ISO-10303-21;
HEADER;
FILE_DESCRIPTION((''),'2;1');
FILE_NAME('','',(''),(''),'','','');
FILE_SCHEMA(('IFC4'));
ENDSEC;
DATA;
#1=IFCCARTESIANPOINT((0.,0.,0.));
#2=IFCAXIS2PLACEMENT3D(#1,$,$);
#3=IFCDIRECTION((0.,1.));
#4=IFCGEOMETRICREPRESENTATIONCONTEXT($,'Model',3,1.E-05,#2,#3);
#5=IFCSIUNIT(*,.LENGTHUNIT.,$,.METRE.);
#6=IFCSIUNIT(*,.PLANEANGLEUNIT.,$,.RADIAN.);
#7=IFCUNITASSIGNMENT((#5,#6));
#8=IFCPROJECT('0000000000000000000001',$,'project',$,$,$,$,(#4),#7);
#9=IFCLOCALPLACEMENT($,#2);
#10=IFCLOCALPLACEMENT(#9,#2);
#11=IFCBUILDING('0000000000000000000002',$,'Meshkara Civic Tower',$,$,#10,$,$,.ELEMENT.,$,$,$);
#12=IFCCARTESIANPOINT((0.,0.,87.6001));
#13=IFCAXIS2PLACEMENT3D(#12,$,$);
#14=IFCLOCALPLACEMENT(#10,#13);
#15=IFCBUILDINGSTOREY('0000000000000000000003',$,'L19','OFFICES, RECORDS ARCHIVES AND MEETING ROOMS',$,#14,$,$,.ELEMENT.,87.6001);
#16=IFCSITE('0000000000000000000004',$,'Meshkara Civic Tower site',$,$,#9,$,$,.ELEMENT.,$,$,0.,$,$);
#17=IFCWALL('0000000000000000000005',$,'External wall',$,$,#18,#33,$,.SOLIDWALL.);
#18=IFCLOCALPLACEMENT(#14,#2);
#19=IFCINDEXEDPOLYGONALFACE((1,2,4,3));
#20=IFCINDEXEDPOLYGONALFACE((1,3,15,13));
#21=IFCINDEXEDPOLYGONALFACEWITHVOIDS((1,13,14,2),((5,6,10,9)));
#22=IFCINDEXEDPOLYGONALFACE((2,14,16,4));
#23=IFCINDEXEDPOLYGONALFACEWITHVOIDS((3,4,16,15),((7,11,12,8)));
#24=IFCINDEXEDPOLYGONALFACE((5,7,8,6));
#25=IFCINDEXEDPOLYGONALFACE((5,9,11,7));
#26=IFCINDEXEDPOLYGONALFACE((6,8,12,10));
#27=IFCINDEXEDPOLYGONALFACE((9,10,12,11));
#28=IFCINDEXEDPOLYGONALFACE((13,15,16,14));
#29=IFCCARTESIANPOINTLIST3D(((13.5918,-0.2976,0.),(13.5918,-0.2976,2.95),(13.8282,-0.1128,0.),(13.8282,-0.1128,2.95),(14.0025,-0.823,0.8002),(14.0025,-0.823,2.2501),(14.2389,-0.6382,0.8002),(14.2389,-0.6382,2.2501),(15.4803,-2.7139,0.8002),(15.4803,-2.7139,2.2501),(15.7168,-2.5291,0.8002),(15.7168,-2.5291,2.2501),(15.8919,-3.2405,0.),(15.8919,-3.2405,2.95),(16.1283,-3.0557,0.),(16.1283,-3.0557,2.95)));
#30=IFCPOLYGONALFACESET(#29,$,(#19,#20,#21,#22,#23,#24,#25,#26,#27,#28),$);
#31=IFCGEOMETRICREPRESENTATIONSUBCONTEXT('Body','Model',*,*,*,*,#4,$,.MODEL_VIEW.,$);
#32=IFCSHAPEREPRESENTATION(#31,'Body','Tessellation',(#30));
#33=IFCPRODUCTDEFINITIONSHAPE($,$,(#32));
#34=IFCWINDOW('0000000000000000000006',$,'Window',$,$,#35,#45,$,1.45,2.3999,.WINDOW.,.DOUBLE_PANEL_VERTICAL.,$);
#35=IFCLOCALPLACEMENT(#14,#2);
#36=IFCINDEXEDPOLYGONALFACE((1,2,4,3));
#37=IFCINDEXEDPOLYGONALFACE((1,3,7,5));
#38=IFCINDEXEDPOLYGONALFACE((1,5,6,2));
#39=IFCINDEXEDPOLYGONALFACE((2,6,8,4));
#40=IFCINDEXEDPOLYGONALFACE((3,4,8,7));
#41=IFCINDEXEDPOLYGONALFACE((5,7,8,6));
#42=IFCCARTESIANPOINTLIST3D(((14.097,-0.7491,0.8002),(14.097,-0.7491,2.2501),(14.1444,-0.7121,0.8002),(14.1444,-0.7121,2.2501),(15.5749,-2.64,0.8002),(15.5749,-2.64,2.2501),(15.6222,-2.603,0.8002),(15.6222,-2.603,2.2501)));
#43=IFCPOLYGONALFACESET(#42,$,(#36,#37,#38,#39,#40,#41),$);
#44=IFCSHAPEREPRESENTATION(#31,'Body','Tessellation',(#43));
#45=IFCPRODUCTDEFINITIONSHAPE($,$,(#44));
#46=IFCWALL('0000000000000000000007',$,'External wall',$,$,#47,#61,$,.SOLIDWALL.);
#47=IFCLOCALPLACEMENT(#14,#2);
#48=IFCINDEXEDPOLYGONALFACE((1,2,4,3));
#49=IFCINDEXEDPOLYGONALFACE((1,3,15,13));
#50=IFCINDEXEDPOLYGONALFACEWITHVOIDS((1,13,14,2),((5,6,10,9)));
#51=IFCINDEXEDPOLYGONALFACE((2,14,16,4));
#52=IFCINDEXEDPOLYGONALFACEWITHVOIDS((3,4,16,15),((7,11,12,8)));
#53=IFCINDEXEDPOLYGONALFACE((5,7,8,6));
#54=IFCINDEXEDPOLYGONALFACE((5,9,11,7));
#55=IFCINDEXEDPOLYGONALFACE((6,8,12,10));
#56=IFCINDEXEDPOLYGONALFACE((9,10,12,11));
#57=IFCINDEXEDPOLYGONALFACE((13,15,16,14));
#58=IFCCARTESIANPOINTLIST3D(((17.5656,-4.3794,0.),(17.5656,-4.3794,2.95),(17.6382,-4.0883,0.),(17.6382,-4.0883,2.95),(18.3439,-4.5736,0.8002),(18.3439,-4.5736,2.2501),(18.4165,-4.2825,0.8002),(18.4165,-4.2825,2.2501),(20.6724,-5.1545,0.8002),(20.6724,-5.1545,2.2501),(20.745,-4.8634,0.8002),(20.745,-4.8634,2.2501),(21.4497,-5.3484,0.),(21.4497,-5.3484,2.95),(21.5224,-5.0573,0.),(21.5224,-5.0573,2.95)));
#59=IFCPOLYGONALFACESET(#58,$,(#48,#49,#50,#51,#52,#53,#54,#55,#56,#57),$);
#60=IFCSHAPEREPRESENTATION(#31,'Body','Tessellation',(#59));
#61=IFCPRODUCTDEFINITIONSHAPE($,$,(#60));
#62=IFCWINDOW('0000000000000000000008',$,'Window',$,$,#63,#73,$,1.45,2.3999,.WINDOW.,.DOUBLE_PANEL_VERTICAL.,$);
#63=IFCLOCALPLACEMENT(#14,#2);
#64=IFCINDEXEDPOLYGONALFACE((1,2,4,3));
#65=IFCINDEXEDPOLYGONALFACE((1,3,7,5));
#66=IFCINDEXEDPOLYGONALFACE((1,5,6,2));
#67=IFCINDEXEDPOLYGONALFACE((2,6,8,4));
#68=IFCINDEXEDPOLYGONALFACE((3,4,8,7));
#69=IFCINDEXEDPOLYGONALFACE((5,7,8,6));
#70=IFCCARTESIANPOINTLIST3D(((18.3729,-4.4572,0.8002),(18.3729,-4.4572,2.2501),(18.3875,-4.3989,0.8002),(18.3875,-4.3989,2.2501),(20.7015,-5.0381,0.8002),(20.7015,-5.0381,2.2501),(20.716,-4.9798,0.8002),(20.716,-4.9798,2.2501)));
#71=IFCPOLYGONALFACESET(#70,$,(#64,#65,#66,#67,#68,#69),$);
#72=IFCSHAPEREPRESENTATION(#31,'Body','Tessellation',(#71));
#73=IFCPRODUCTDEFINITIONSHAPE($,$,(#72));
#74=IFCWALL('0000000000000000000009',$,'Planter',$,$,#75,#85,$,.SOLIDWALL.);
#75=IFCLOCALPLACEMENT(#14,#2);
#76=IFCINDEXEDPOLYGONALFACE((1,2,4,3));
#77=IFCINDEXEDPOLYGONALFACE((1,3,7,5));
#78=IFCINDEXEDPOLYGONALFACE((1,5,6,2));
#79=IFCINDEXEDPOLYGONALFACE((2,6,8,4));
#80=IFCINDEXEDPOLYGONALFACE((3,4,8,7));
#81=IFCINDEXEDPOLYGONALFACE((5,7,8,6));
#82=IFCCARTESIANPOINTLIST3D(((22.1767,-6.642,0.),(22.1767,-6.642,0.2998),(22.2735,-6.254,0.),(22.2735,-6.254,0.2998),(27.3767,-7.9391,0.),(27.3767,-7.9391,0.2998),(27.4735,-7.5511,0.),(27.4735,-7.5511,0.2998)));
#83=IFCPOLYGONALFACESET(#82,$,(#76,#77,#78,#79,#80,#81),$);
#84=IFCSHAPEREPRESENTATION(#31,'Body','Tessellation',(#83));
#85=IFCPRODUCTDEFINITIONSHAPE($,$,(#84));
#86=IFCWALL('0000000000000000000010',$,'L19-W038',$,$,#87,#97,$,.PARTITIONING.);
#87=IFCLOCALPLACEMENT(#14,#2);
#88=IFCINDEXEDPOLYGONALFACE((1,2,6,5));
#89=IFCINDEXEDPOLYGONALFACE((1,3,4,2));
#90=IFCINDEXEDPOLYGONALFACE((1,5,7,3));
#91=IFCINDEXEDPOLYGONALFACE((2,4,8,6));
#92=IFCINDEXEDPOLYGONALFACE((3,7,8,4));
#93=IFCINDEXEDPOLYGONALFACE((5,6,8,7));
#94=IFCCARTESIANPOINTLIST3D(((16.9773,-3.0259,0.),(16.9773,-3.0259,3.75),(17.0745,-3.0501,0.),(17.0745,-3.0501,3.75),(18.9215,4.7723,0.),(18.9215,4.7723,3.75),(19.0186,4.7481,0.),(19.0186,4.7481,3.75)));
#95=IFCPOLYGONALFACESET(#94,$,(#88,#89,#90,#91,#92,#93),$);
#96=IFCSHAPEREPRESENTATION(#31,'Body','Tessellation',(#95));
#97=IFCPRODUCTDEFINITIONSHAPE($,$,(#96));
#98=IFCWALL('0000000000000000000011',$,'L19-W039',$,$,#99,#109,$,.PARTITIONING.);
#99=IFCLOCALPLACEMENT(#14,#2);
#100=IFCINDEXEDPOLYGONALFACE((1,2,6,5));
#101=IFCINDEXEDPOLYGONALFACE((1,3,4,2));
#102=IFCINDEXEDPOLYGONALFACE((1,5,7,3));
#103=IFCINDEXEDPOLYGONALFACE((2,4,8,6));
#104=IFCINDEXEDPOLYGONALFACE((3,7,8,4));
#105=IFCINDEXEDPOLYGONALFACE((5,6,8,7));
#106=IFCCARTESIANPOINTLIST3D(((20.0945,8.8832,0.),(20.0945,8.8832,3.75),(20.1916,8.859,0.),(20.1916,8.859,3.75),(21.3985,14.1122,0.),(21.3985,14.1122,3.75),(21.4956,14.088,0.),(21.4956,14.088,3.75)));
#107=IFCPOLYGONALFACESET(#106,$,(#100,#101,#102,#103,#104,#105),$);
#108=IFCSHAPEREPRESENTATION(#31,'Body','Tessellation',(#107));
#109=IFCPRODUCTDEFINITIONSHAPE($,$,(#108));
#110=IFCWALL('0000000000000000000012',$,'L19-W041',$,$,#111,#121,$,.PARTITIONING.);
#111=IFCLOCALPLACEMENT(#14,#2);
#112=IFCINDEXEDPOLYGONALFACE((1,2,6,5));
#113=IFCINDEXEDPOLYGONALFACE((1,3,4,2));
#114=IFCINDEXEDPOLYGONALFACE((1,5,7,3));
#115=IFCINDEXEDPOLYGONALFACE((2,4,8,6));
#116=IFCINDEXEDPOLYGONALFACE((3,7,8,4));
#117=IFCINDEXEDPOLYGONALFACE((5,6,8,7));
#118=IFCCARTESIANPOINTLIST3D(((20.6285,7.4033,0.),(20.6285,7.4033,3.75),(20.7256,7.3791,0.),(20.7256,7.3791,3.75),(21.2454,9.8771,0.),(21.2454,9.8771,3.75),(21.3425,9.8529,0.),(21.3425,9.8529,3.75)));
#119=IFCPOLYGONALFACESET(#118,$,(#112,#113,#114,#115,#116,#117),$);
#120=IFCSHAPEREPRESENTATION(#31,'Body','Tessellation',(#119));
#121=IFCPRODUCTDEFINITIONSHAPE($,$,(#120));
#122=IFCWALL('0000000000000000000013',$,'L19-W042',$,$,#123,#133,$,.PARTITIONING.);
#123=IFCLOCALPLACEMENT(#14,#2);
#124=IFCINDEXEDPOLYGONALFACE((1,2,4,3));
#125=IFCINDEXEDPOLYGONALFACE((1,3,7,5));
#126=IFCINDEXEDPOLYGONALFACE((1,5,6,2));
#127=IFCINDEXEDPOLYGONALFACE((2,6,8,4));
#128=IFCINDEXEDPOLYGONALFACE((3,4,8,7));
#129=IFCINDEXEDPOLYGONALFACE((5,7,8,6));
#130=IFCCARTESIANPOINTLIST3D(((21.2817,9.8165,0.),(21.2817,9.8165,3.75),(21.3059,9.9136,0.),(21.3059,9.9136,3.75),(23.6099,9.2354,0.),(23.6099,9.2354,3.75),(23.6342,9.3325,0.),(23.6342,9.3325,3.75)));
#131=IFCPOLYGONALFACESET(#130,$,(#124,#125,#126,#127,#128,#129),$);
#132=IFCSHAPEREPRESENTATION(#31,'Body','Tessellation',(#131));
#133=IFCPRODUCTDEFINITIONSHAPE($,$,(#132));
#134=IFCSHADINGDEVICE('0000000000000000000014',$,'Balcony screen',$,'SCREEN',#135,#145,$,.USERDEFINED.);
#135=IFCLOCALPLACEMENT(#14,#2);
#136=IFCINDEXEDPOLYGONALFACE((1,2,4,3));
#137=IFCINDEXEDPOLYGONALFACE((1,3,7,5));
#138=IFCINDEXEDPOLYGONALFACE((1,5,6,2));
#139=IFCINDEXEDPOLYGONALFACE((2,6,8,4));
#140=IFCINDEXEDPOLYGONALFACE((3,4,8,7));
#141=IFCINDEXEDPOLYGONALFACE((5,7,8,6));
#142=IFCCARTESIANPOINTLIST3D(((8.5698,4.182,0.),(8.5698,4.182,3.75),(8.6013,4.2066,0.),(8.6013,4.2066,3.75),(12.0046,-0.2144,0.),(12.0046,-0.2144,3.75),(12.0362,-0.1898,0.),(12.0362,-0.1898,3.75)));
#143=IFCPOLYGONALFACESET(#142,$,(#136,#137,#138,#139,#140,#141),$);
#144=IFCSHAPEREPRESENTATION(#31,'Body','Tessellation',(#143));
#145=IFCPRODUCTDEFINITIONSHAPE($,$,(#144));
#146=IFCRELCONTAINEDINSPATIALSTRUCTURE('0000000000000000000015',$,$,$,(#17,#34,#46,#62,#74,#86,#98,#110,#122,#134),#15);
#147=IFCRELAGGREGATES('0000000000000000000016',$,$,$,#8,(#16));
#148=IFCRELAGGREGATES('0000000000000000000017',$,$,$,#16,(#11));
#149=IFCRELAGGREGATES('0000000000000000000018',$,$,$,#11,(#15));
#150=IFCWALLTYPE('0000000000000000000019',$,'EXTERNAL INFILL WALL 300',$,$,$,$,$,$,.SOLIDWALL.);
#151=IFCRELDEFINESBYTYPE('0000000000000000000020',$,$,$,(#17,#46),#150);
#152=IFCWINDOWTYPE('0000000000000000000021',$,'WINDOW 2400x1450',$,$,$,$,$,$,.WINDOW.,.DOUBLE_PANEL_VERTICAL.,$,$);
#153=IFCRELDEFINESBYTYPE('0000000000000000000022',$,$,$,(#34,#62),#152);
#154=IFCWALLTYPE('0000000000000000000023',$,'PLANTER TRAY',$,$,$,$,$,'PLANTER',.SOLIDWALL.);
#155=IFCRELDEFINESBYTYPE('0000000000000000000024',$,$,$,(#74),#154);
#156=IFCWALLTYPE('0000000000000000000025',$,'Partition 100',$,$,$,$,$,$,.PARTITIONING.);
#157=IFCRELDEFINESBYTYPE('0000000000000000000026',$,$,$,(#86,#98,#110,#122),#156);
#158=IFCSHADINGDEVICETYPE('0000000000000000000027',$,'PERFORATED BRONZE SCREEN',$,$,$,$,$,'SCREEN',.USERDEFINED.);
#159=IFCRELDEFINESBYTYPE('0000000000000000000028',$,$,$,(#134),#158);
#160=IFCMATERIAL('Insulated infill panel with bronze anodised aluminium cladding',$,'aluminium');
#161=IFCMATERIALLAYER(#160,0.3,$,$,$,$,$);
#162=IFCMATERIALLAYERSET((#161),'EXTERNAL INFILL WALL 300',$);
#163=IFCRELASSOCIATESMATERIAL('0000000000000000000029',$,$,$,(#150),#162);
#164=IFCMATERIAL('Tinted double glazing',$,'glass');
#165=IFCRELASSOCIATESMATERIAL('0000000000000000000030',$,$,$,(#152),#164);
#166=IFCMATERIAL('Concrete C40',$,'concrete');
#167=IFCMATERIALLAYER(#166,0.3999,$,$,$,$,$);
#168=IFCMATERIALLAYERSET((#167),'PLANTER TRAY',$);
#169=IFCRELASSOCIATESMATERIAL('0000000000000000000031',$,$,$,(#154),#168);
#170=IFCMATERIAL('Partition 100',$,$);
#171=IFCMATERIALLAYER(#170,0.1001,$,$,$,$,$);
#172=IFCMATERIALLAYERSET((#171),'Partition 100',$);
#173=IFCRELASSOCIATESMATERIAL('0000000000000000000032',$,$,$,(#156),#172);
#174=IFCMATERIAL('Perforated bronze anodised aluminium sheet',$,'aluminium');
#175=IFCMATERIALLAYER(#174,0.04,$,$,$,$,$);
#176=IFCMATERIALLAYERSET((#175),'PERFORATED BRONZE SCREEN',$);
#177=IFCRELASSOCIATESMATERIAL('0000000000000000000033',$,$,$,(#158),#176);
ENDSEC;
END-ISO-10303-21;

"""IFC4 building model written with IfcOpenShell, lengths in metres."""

from ifc_helpers import new_model, si_unit, direction, frame, frame_2d, origin, origin_2d, place, context, subcontext, project, spatial, rectangle, extrude, material, layer, layer_set, type_object, element, fill, save


model = new_model("IFC4")

# Units and contexts
model_context = context("Model", 3, precision=1e-05, world=origin(), true_north=direction((0.0, 1.0)))
body_context = subcontext(model_context, "Body", "Model", "MODEL_VIEW")
ifc_project = project(units=[si_unit("LENGTHUNIT", "METRE"), si_unit("PLANEANGLEUNIT", "RADIAN")], contexts=[model_context])

# Site, building, storey
site_placement = place(None, origin())
site = spatial("IfcSite", under=ifc_project, at=site_placement, Name="Meshkara Civic Tower site", CompositionType="ELEMENT", RefElevation=0.0)
building_placement = place(site_placement, origin())
building = spatial("IfcBuilding", under=site, at=building_placement, Name="Meshkara Civic Tower", CompositionType="ELEMENT")
storey_placement = place(building_placement, frame((0.0, 0.0, 87.6001)))
storey = spatial("IfcBuildingStorey", under=building, at=storey_placement, Name="L19", Description="OFFICES, RECORDS ARCHIVES AND MEETING ROOMS", CompositionType="ELEMENT", Elevation=87.6001)

# Walls, openings, windows
ifc_material_1 = material(Name="Insulated infill panel with bronze anodised aluminium cladding", Category="aluminium")
ifc_layer_1 = layer(ifc_material_1, 0.3)
ifc_layer_set_1 = layer_set([ifc_layer_1], Name="EXTERNAL INFILL WALL 300")
wall_type_1 = type_object("IfcWallType", Name="EXTERNAL INFILL WALL 300", PredefinedType="SOLIDWALL", material=ifc_layer_set_1)
wall_1_placement = place(storey_placement, frame((13.71, -0.2051, 0.0), z_axis=(0.0, 0.0, 1.0), x_axis=(0.615799, -0.787903, 0.0)))
wall_1 = element("IfcWall", 1, at=wall_1_placement, inside=storey, type_object=wall_type_1, Name="External wall", PredefinedType="SOLIDWALL", context=body_context, shape_type="SweptSolid", body=[
    extrude(rectangle(XDim=3.7351, YDim=0.3, at=frame_2d((1.8677, 0.0))), origin(), (0.0, 0.0, 1.0), 2.95),
])
opening_1_placement = place(wall_1_placement, frame((0.667, 0.0, 0.8)))
opening_1 = element("IfcOpeningElement", 2, at=opening_1_placement, cuts=wall_1, PredefinedType="OPENING", context=body_context, shape_type="SweptSolid", body=[
    extrude(rectangle(XDim=2.3999, YDim=1.45, at=frame_2d((1.2, 0.7251))), frame((0.0, 0.1599, 0.0), z_axis=(0.0, -1.0, 0.0), x_axis=(1.0, 0.0, 0.0)), (0.0, 0.0, 1.0), 0.3201),
])
ifc_material_2 = material(Name="Tinted double glazing", Category="glass")
window_type = type_object("IfcWindowType", Name="WINDOW 2400x1450", PartitioningType="DOUBLE_PANEL_VERTICAL", PredefinedType="WINDOW", material=ifc_material_2)
window_1_placement = place(opening_1_placement, origin())
window_1 = element("IfcWindow", 3, at=window_1_placement, inside=storey, type_object=window_type, Name="Window", OverallHeight=1.45, OverallWidth=2.3999, PartitioningType="DOUBLE_PANEL_VERTICAL", PredefinedType="WINDOW", context=body_context, shape_type="SweptSolid", body=[
    extrude(rectangle(XDim=2.3999, YDim=1.45, at=frame_2d((1.2, 0.7251))), frame((0.0, 0.03, 0.0), z_axis=(0.0, -1.0, 0.0), x_axis=(1.0, 0.0, 0.0)), (0.0, 0.0, 1.0), 0.0601),
])
fill(opening_1, window_1)
wall_2_placement = place(storey_placement, frame((17.6021, -4.2339, 0.0), z_axis=(0.0, 0.0, 1.0), x_axis=(0.970261, -0.242062, 0.0)))
wall_2 = element("IfcWall", 4, at=wall_2_placement, inside=storey, type_object=wall_type_1, Name="External wall", PredefinedType="SOLIDWALL", context=body_context, shape_type="SweptSolid", body=[
    extrude(rectangle(XDim=4.0032, YDim=0.3, at=frame_2d((2.0015, 0.0))), origin(), (0.0, 0.0, 1.0), 2.95),
])
opening_2_placement = place(wall_2_placement, frame((0.802, 0.0, 0.8)))
opening_2 = element("IfcOpeningElement", 5, at=opening_2_placement, cuts=wall_2, PredefinedType="OPENING", context=body_context, shape_type="SweptSolid", body=[
    extrude(rectangle(XDim=2.3999, YDim=1.45, at=frame_2d((1.2, 0.7251))), frame((0.0, 0.1599, 0.0), z_axis=(0.0, -1.0, 0.0), x_axis=(1.0, 0.0, 0.0)), (0.0, 0.0, 1.0), 0.3201),
])
window_2_placement = place(opening_2_placement, origin())
window_2 = element("IfcWindow", 6, at=window_2_placement, inside=storey, type_object=window_type, Name="Window", OverallHeight=1.45, OverallWidth=2.3999, PartitioningType="DOUBLE_PANEL_VERTICAL", PredefinedType="WINDOW", context=body_context, shape_type="SweptSolid", body=[
    extrude(rectangle(XDim=2.3999, YDim=1.45, at=frame_2d((1.2, 0.7251))), frame((0.0, 0.03, 0.0), z_axis=(0.0, -1.0, 0.0), x_axis=(1.0, 0.0, 0.0)), (0.0, 0.0, 1.0), 0.0601),
])
fill(opening_2, window_2)

# Walls
ifc_material_3 = material(Name="Concrete C40", Category="concrete")
ifc_layer_2 = layer(ifc_material_3, 0.3999)
ifc_layer_set_2 = layer_set([ifc_layer_2], Name="PLANTER TRAY")
wall_type_2 = type_object("IfcWallType", Name="PLANTER TRAY", ElementType="PLANTER", PredefinedType="SOLIDWALL", material=ifc_layer_set_2)
wall_3_placement = place(storey_placement, frame((22.2251, -6.448, 0.0), z_axis=(0.0, 0.0, 1.0), x_axis=(0.970268, -0.242032, 0.0)))
element("IfcWall", 7, at=wall_3_placement, inside=storey, type_object=wall_type_2, Name="Planter", PredefinedType="SOLIDWALL", context=body_context, shape_type="SweptSolid", body=[
    extrude(rectangle(XDim=5.3594, YDim=0.3999, at=frame_2d((2.6797, 0.0))), origin(), (0.0, 0.0, 1.0), 0.2998),
])
ifc_material_4 = material(Name="Partition 100")
ifc_layer_3 = layer(ifc_material_4, 0.1001)
ifc_layer_set_3 = layer_set([ifc_layer_3], Name="Partition 100")
wall_type_3 = type_object("IfcWallType", Name="Partition 100", PredefinedType="PARTITIONING", material=ifc_layer_set_3)
wall_4_placement = place(storey_placement, frame((17.0259, -3.0381, 0.0), z_axis=(0.0, 0.0, 1.0), x_axis=(0.241899, 0.970301, 0.0)))
element("IfcWall", 8, at=wall_4_placement, inside=storey, type_object=wall_type_3, Name="L19-W038", PredefinedType="PARTITIONING", context=body_context, shape_type="SweptSolid", body=[
    extrude(rectangle(XDim=8.0369, YDim=0.1001, at=frame_2d((4.0186, 0.0))), origin(), (0.0, 0.0, 1.0), 3.75),
])
wall_5_placement = place(storey_placement, frame((20.1431, 8.8711, 0.0), z_axis=(0.0, 0.0, 1.0), x_axis=(0.24196, 0.970286, 0.0)))
element("IfcWall", 9, at=wall_5_placement, inside=storey, type_object=wall_type_3, Name="L19-W039", PredefinedType="PARTITIONING", context=body_context, shape_type="SweptSolid", body=[
    extrude(rectangle(XDim=5.3892, YDim=0.1001, at=frame_2d((2.6946, 0.0))), origin(), (0.0, 0.0, 1.0), 3.75),
])
wall_6_placement = place(storey_placement, frame((20.677, 7.3911, 0.0), z_axis=(0.0, 0.0, 1.0), x_axis=(0.241972, 0.970283, 0.0)))
element("IfcWall", 10, at=wall_6_placement, inside=storey, type_object=wall_type_3, Name="L19-W041", PredefinedType="PARTITIONING", context=body_context, shape_type="SweptSolid", body=[
    extrude(rectangle(XDim=2.5496, YDim=0.1001, at=frame_2d((1.2749, 0.0))), origin(), (0.0, 0.0, 1.0), 3.75),
])
wall_7_placement = place(storey_placement, frame((21.2939, 9.865, 0.0), z_axis=(0.0, 0.0, 1.0), x_axis=(0.970238, -0.242153, 0.0)))
element("IfcWall", 11, at=wall_7_placement, inside=storey, type_object=wall_type_3, Name="L19-W042", PredefinedType="PARTITIONING", context=body_context, shape_type="SweptSolid", body=[
    extrude(rectangle(XDim=2.3997, YDim=0.1001, at=frame_2d((1.1997, 0.0))), origin(), (0.0, 0.0, 1.0), 3.75),
])

# Shading device
ifc_material_5 = material(Name="Perforated bronze anodised aluminium sheet", Category="aluminium")
ifc_layer_4 = layer(ifc_material_5, 0.04)
ifc_layer_set_4 = layer_set([ifc_layer_4], Name="PERFORATED BRONZE SCREEN")
shading_device_type = type_object("IfcShadingDeviceType", Name="PERFORATED BRONZE SCREEN", ElementType="SCREEN", PredefinedType="USERDEFINED", material=ifc_layer_set_4)
shading_device_placement = place(storey_placement, frame((10.303, 1.9961, 0.0), z_axis=(0.0, 0.0, 1.0), x_axis=(0.615661, -0.788011, 0.0)))
element("IfcShadingDevice", 12, at=shading_device_placement, inside=storey, type_object=shading_device_type, Name="Balcony screen", ObjectType="SCREEN", PredefinedType="USERDEFINED", context=body_context, shape_type="SweptSolid", body=[
    extrude(rectangle(XDim=5.5791, YDim=0.04, at=origin_2d()), origin(), (0.0, 0.0, 1.0), 3.75),
])

save(model, "model.ifc")
